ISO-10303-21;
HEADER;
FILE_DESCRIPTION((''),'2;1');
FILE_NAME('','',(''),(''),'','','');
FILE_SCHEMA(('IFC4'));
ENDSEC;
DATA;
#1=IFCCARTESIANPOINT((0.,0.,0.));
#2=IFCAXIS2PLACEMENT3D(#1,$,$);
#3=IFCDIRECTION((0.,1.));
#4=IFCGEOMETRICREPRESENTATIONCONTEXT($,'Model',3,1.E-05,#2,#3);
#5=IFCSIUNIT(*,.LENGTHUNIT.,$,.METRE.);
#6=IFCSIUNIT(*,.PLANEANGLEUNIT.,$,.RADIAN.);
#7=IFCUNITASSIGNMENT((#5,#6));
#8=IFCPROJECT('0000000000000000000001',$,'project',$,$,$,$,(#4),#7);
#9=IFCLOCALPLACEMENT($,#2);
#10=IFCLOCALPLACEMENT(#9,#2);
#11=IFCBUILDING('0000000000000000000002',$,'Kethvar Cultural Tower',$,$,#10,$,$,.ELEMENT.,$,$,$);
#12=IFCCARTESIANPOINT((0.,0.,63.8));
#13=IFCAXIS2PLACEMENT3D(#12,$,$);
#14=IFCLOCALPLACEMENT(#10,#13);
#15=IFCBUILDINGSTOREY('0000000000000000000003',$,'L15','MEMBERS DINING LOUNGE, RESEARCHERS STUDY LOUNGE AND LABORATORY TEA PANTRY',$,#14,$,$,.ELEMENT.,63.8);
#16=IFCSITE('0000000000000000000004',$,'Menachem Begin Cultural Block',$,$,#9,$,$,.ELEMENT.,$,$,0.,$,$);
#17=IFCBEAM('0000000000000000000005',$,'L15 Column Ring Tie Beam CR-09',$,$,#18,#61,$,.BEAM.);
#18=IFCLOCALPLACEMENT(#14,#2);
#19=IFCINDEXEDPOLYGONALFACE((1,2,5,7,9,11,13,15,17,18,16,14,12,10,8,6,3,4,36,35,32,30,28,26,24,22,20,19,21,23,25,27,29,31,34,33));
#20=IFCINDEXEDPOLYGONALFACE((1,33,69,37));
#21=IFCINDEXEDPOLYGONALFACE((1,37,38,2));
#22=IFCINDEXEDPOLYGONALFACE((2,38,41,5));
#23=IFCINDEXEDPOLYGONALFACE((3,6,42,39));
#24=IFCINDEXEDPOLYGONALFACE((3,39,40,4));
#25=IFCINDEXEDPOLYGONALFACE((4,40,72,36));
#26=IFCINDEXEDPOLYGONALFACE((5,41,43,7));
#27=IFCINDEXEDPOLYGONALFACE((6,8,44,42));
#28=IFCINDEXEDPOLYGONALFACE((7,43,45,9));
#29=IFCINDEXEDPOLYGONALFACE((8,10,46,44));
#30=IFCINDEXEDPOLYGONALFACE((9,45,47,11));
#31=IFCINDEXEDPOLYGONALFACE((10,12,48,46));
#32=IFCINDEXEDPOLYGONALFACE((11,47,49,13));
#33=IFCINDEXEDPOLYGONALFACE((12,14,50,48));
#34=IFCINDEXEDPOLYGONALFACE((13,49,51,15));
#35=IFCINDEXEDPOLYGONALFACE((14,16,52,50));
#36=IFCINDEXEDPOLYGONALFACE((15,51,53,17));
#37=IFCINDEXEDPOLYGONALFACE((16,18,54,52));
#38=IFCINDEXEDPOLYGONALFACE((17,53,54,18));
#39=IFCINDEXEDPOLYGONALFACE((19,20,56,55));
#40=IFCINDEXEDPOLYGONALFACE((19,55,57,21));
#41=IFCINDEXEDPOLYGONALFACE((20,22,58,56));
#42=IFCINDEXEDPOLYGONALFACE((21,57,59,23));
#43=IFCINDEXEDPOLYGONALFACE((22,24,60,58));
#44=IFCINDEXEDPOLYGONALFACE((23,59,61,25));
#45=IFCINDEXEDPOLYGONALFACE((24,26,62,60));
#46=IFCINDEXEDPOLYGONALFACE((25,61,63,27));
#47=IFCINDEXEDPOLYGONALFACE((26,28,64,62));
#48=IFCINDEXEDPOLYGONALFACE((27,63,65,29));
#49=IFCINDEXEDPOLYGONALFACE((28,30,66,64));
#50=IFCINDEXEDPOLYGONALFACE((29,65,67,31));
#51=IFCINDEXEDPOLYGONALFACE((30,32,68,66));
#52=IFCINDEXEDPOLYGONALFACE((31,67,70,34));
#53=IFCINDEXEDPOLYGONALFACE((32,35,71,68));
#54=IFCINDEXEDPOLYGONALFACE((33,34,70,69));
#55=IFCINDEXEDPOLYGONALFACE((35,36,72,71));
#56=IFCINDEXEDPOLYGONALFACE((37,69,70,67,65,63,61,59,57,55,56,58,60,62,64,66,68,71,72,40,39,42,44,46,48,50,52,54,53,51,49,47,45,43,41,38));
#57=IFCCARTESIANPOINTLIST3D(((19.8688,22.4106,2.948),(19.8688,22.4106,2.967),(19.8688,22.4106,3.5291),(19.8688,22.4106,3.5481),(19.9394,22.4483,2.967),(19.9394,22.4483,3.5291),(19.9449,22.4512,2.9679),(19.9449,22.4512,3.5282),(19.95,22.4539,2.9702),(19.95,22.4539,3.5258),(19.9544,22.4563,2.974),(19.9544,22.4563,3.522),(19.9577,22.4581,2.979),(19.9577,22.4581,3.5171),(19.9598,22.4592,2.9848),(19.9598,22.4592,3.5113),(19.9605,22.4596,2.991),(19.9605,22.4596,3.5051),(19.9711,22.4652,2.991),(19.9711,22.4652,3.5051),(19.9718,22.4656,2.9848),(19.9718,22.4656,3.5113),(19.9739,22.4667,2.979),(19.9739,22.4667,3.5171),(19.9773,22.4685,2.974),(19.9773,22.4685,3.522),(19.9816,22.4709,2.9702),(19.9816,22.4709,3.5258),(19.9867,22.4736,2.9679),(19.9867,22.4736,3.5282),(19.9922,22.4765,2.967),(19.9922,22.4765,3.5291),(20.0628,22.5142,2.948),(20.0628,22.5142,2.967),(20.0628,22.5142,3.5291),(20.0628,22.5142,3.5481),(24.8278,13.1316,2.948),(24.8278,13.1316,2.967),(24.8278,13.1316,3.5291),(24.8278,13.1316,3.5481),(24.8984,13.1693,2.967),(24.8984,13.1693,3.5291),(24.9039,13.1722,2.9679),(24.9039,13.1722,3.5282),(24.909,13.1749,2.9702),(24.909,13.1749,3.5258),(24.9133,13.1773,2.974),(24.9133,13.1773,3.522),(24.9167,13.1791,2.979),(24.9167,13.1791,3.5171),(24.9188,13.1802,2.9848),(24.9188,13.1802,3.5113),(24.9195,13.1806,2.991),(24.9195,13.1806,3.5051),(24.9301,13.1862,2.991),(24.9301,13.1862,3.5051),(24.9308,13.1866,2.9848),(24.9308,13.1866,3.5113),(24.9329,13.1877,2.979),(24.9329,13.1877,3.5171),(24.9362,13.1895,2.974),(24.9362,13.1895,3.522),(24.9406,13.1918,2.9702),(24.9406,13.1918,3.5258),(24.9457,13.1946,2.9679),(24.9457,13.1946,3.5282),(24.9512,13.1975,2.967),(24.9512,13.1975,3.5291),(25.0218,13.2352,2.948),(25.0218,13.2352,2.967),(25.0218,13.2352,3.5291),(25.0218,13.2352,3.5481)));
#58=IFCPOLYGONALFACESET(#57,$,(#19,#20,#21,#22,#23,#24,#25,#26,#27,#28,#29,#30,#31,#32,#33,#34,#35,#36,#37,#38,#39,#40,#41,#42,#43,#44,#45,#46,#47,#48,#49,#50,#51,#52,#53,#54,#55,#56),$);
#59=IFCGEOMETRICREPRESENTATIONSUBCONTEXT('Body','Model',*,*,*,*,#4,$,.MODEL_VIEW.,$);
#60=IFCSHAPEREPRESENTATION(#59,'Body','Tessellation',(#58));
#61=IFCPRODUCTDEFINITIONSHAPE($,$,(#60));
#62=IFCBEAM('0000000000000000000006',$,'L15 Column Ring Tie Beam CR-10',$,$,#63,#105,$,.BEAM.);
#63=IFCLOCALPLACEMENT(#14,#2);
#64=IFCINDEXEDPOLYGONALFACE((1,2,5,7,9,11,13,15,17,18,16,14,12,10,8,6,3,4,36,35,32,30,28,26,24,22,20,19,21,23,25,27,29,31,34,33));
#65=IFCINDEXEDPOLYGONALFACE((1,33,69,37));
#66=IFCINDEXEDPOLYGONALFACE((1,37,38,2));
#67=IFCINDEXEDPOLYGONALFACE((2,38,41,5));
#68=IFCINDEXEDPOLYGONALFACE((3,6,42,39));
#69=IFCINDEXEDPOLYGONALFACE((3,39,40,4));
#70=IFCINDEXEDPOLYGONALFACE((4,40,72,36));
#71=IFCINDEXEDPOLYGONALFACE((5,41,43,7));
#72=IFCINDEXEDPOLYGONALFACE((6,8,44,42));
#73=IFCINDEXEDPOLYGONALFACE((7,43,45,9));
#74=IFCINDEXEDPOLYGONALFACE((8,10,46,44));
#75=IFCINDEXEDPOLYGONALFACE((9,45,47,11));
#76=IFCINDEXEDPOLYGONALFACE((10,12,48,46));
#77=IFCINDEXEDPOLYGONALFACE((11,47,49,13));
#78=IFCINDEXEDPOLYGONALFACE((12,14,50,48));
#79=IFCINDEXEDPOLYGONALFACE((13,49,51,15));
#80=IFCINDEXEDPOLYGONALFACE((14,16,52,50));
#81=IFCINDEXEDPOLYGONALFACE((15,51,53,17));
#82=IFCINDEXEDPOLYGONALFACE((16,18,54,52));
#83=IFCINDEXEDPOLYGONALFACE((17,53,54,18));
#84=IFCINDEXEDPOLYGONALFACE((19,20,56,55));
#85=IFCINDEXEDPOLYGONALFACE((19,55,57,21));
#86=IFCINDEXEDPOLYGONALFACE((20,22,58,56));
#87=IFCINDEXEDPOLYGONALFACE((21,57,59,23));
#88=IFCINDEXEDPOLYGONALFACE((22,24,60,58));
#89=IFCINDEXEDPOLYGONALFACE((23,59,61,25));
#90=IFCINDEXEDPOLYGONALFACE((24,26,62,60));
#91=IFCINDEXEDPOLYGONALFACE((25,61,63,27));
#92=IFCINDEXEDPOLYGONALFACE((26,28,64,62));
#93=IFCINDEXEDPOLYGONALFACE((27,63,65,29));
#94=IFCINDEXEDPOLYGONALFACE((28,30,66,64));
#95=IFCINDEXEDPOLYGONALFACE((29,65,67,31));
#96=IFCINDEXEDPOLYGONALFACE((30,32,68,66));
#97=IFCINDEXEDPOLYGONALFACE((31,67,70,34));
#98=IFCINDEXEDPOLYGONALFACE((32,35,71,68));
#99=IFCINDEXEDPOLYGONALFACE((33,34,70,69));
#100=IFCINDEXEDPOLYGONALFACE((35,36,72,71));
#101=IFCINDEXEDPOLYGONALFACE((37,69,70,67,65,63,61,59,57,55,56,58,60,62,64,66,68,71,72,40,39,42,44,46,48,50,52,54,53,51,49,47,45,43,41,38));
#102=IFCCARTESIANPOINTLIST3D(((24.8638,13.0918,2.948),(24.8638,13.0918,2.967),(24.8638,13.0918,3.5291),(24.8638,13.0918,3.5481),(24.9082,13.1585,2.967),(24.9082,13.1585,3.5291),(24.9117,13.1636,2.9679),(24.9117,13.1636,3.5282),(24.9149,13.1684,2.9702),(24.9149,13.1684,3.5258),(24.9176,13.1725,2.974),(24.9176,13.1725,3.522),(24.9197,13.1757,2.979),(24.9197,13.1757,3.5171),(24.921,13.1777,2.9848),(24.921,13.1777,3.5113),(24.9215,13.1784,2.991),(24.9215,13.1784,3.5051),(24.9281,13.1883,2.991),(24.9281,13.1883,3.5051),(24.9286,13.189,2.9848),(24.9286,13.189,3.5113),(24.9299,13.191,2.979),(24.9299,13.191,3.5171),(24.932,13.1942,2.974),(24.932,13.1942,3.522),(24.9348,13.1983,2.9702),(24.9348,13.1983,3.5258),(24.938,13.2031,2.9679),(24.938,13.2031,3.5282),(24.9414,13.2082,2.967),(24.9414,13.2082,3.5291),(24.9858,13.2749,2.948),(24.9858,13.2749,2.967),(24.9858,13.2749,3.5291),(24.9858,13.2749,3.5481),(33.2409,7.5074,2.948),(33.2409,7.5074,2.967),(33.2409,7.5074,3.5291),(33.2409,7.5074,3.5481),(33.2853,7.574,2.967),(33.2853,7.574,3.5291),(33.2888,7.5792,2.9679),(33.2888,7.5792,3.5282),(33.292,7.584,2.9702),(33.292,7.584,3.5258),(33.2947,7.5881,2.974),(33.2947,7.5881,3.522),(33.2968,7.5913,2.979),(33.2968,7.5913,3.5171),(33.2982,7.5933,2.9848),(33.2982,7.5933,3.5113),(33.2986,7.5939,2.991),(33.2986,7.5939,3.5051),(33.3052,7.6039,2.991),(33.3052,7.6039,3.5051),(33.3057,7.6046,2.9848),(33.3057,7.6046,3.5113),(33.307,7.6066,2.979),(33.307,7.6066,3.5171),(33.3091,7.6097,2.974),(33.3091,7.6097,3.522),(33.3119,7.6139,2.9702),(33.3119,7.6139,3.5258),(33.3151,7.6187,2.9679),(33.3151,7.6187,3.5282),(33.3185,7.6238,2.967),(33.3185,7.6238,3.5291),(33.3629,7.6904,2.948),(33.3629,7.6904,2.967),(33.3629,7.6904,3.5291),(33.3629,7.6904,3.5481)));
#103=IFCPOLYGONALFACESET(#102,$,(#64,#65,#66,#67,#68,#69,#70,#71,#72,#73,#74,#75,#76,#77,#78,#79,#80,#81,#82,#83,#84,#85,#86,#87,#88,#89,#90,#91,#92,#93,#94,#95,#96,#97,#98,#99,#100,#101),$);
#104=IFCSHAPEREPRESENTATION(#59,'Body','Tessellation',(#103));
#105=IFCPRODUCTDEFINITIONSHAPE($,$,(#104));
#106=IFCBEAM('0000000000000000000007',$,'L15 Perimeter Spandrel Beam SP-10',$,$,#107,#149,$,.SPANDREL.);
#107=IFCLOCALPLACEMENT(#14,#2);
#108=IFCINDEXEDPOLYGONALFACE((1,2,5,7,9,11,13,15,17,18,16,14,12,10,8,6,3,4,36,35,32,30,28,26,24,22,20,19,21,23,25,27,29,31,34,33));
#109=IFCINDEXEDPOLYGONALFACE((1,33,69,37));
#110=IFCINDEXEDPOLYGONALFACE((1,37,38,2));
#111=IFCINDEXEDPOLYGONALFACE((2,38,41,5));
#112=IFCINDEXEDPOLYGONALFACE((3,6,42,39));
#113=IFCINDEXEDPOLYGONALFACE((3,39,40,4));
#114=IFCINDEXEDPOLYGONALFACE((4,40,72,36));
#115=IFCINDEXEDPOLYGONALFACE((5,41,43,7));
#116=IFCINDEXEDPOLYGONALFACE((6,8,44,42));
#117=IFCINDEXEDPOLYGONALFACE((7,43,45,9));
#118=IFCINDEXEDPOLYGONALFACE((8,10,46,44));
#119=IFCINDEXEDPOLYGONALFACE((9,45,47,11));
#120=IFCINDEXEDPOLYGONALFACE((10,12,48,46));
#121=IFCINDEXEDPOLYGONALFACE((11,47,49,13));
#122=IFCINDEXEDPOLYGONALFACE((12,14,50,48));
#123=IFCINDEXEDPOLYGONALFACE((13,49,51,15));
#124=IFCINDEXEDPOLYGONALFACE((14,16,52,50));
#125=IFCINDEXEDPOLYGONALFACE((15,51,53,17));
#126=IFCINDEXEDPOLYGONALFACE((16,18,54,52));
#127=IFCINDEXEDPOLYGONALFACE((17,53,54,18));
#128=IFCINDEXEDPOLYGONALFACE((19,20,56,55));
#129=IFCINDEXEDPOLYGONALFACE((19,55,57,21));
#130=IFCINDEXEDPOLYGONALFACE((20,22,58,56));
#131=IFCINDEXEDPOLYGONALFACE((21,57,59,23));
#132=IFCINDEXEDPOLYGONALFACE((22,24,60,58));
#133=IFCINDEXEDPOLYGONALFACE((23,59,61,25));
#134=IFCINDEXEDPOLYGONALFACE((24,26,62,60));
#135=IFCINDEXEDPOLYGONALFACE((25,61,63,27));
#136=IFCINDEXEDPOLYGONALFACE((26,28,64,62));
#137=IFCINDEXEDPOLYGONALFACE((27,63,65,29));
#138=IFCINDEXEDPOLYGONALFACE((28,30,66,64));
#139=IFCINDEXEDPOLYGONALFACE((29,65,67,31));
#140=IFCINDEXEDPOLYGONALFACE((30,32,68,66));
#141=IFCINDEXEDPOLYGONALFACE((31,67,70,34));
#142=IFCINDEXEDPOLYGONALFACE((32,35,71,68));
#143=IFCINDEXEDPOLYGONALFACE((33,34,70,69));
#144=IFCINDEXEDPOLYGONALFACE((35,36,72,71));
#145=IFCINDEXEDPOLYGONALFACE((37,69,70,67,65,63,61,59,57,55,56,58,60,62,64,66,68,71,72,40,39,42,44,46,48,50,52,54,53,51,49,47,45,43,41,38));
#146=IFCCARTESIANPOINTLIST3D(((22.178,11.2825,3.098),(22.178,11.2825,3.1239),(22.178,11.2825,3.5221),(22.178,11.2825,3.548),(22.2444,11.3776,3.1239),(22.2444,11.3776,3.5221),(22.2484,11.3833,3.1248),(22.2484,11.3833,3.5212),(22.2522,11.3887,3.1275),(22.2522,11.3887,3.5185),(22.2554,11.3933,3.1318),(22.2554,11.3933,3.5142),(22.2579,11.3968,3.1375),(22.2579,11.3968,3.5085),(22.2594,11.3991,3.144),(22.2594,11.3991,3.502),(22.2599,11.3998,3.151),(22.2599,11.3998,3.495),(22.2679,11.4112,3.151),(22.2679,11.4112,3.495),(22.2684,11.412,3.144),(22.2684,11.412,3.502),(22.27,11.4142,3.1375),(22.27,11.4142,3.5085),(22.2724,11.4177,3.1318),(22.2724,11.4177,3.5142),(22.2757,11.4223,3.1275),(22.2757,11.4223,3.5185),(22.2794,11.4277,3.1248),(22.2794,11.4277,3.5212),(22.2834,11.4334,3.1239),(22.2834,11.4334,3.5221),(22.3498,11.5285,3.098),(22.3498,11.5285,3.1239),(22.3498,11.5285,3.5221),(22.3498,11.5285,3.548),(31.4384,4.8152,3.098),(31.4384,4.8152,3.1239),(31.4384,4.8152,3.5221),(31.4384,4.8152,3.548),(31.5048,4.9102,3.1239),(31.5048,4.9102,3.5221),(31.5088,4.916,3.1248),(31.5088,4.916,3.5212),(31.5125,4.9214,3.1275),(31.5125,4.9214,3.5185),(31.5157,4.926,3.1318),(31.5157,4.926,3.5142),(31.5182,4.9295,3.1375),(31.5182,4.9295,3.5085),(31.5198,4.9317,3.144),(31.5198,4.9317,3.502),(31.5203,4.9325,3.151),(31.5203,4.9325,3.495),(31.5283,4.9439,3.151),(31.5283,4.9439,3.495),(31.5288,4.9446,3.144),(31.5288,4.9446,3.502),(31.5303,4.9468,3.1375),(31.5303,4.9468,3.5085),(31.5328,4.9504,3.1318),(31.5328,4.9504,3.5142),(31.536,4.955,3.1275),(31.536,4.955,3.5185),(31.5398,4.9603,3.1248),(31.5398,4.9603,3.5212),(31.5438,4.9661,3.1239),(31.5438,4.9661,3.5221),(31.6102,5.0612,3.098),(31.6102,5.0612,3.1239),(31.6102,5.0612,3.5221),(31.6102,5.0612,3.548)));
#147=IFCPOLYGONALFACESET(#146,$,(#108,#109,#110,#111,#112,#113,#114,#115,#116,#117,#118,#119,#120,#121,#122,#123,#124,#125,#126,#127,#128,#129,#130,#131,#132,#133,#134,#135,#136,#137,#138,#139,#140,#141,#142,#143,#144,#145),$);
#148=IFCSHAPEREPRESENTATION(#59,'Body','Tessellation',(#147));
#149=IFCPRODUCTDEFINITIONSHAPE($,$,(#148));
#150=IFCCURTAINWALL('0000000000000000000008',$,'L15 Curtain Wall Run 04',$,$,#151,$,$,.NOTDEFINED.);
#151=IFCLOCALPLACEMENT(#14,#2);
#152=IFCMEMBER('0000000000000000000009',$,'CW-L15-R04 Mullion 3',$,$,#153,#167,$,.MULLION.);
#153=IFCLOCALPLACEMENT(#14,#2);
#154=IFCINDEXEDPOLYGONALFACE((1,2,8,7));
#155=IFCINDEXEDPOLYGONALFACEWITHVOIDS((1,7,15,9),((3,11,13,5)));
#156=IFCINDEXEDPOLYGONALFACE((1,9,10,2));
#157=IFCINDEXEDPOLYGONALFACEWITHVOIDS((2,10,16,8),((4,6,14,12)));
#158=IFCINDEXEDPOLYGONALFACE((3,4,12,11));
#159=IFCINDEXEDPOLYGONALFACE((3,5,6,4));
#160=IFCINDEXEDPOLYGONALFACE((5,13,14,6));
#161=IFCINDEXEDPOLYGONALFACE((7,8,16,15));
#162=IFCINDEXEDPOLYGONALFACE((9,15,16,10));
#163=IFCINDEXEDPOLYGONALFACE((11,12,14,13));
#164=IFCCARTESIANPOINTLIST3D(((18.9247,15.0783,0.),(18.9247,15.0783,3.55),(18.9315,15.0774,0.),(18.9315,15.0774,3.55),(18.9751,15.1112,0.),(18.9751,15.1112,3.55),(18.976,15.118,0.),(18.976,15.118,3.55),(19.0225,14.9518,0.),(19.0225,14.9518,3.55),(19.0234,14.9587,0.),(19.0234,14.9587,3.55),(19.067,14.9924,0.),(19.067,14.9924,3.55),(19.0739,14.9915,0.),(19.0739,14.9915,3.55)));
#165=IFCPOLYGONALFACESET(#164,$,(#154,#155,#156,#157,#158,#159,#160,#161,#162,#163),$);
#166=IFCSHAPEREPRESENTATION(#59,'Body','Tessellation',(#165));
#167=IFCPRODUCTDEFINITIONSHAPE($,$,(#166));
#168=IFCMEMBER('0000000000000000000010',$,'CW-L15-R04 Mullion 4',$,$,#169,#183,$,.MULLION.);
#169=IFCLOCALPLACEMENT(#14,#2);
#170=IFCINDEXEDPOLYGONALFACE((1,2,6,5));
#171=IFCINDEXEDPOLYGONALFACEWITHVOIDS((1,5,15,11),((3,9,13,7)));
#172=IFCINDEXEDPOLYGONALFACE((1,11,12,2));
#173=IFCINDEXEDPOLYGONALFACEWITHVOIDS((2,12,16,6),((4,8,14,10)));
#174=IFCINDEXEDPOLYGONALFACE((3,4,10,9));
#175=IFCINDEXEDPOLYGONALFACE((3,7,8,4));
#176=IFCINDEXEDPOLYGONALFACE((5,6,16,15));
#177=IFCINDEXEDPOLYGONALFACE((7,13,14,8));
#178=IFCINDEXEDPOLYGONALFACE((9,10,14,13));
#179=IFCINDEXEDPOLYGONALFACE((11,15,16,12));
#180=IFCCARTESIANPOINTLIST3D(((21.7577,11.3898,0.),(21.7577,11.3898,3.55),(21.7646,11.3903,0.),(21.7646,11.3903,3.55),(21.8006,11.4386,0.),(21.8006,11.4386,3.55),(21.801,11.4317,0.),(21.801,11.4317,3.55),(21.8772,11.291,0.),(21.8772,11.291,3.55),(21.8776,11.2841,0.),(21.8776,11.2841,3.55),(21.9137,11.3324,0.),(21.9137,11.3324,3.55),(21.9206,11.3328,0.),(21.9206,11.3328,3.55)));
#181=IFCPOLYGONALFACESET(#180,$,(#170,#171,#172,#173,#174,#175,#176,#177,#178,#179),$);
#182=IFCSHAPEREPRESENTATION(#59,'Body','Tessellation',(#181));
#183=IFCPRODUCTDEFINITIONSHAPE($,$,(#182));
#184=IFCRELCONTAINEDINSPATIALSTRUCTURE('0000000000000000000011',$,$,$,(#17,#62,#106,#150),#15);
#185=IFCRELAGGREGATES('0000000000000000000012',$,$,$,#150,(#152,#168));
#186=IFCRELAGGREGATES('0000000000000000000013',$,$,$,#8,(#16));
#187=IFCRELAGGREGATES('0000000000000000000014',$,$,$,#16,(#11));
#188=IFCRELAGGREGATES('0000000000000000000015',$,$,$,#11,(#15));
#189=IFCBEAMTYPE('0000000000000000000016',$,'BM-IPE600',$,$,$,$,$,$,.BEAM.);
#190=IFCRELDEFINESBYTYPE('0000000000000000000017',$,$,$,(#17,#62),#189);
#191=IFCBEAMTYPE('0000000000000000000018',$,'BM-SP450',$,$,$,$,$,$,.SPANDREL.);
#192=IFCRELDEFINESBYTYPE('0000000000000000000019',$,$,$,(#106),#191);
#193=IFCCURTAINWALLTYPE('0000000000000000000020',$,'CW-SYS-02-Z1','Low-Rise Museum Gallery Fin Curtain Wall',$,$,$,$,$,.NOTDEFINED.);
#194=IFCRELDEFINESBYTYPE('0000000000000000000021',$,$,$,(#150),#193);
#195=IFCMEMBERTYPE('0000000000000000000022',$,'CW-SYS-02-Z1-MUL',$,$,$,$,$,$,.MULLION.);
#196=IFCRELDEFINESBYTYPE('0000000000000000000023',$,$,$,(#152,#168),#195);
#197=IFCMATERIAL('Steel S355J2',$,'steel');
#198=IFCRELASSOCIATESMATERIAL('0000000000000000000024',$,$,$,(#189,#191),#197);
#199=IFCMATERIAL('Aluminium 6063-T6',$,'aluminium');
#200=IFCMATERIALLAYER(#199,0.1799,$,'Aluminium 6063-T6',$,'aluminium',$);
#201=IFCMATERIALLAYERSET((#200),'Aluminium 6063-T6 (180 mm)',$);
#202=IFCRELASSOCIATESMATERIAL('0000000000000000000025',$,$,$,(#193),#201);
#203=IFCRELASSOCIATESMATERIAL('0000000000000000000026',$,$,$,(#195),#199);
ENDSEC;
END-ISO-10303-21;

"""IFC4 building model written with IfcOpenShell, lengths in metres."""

from ifc_helpers import new_model, si_unit, direction, frame, origin, origin_2d, place, context, subcontext, project, spatial, hollow_rectangle, i_section, extrude, source, transform, mapped, material, layer, layer_set, material_profile, profile_set, type_object, element, aggregate, save


model = new_model("IFC4")

# Units and contexts
model_context = context("Model", 3, precision=1e-05, world=origin(), true_north=direction((0.0, 1.0)))
body_context = subcontext(model_context, "Body", "Model", "MODEL_VIEW")
ifc_project = project(units=[si_unit("LENGTHUNIT", "METRE"), si_unit("PLANEANGLEUNIT", "RADIAN")], contexts=[model_context])

# Site, building, storey
site_placement = place(None, origin())
site = spatial("IfcSite", under=ifc_project, at=site_placement, Name="Menachem Begin Cultural Block", CompositionType="ELEMENT", RefElevation=0.0)
building_placement = place(site_placement, origin())
building = spatial("IfcBuilding", under=site, at=building_placement, Name="Kethvar Cultural Tower", CompositionType="ELEMENT")
storey_placement = place(building_placement, frame((0.0, 0.0, 63.8)))
storey = spatial("IfcBuildingStorey", under=building, at=storey_placement, Name="L15", Description="MEMBERS DINING LOUNGE, RESEARCHERS STUDY LOUNGE AND LABORATORY TEA PANTRY", CompositionType="ELEMENT", Elevation=63.8)

# Beams
ifc_material_1 = material(Name="Steel S355J2", Category="steel")
ifc_material_profile_1 = material_profile(ifc_material_1, i_section(OverallWidth=0.22, OverallDepth=0.6001, WebThickness=0.012, FlangeThickness=0.019, FilletRadius=0.0239, at=origin_2d()), Name="Steel S355J2 — IPE600")
ifc_profile_set_1 = profile_set([ifc_material_profile_1], Name="Steel S355J2 — IPE600")
beam_type_1 = type_object("IfcBeamType", Name="BM-IPE600", PredefinedType="BEAM", material=ifc_profile_set_1)
shared_shape_1 = source(origin(), body_context, "Body", "SweptSolid", [
    extrude(i_section(OverallWidth=0.22, OverallDepth=0.6001, WebThickness=0.012, FlangeThickness=0.019, FilletRadius=0.0239, at=origin_2d()), origin(), (0.0, 0.0, 1.0), 10.521),
])
beam_1_placement = place(storey_placement, frame((19.9658, 22.4624, 3.248), z_axis=(0.47134, -0.881952, 0.0), x_axis=(0.881952, 0.47134, 0.0)))
element("IfcBeam", 1, at=beam_1_placement, inside=storey, type_object=beam_type_1, Name="L15 Column Ring Tie Beam CR-09", PredefinedType="BEAM", context=body_context, shape_type="MappedRepresentation", body=[
    mapped(shared_shape_1, transform((0.0, 0.0, 0.0), scale=1.0)),
])
shared_shape_2 = source(origin(), body_context, "Body", "SweptSolid", [
    extrude(i_section(OverallWidth=0.22, OverallDepth=0.6001, WebThickness=0.012, FlangeThickness=0.019, FilletRadius=0.0239, at=origin_2d()), origin(), (0.0, 0.0, 1.0), 10.0679),
])
beam_2_placement = place(storey_placement, frame((24.9248, 13.1833, 3.248), z_axis=(0.832065, -0.554678, 0.0), x_axis=(0.554678, 0.832065, 0.0)))
element("IfcBeam", 2, at=beam_2_placement, inside=storey, type_object=beam_type_1, Name="L15 Column Ring Tie Beam CR-10", PredefinedType="BEAM", context=body_context, shape_type="MappedRepresentation", body=[
    mapped(shared_shape_2, transform((0.0, 0.0, 0.0), scale=1.0)),
])
ifc_material_profile_2 = material_profile(ifc_material_1, i_section(OverallWidth=0.3, OverallDepth=0.45, WebThickness=0.0139, FlangeThickness=0.0259, FilletRadius=0.0271, at=origin_2d()), Name="Steel S355J2 — HEB450")
ifc_profile_set_2 = profile_set([ifc_material_profile_2], Name="Steel S355J2 — HEB450")
beam_type_2 = type_object("IfcBeamType", Name="BM-SP450", PredefinedType="SPANDREL", material=ifc_profile_set_2)
shared_shape_3 = source(origin(), body_context, "Body", "SweptSolid", [
    extrude(i_section(OverallWidth=0.3, OverallDepth=0.45, WebThickness=0.0139, FlangeThickness=0.0259, FilletRadius=0.0271, at=origin_2d()), origin(), (0.0, 0.0, 1.0), 11.2952),
])
beam_3_placement = place(storey_placement, frame((22.2639, 11.4055, 3.323), z_axis=(0.819851, -0.572577, 0.0), x_axis=(0.572577, 0.819851, 0.0)))
element("IfcBeam", 3, at=beam_3_placement, inside=storey, type_object=beam_type_2, Name="L15 Perimeter Spandrel Beam SP-10", PredefinedType="SPANDREL", context=body_context, shape_type="MappedRepresentation", body=[
    mapped(shared_shape_3, transform((0.0, 0.0, 0.0), scale=1.0)),
])

# Curtain wall, members
ifc_material_2 = material(Name="Aluminium 6063-T6", Category="aluminium")
ifc_layer_1 = layer(ifc_material_2, 0.1799, Name="Aluminium 6063-T6", Category="aluminium")
ifc_layer_set_1 = layer_set([ifc_layer_1], Name="Aluminium 6063-T6 (180 mm)")
curtain_wall_type = type_object("IfcCurtainWallType", Name="CW-SYS-02-Z1", Description="Low-Rise Museum Gallery Fin Curtain Wall", PredefinedType="NOTDEFINED", material=ifc_layer_set_1)
curtain_wall_placement = place(storey_placement, origin())
curtain_wall = element("IfcCurtainWall", 4, at=curtain_wall_placement, inside=storey, type_object=curtain_wall_type, Name="L15 Curtain Wall Run 04", PredefinedType="NOTDEFINED")
ifc_material_profile_3 = material_profile(ifc_material_2, hollow_rectangle(XDim=0.0649, YDim=0.1599, WallThickness=0.0049, at=origin_2d()), Name="Aluminium 6063-T6 — RHS160x65x5")
ifc_profile_set_3 = profile_set([ifc_material_profile_3], Name="Aluminium 6063-T6 — RHS160x65x5")
member_type_1 = type_object("IfcMemberType", Name="CW-SYS-02-Z1-MUL", PredefinedType="MULLION", material=ifc_profile_set_3)
shared_shape_4 = source(origin(), body_context, "Body", "SweptSolid", [
    extrude(hollow_rectangle(XDim=0.0649, YDim=0.1599, WallThickness=0.0049, at=origin_2d()), origin(), (0.0, 0.0, 1.0), 3.55),
])
member_1_placement = place(storey_placement, frame((18.9993, 15.0349, 0.0), z_axis=(0.0, 0.0, 1.0), x_axis=(0.790882, 0.611969, 0.0)))
member_1 = element("IfcMember", 5, at=member_1_placement, type_object=member_type_1, Name="CW-L15-R04 Mullion 3", PredefinedType="MULLION", context=body_context, shape_type="MappedRepresentation", body=[
    mapped(shared_shape_4, transform((0.0, 0.0, 0.0), scale=1.0)),
])
member_2_placement = place(storey_placement, frame((21.8391, 11.3613, 0.0), z_axis=(0.0, 0.0, 1.0), x_axis=(0.661286, 0.750134, 0.0)))
member_2 = element("IfcMember", 6, at=member_2_placement, type_object=member_type_1, Name="CW-L15-R04 Mullion 4", PredefinedType="MULLION", context=body_context, shape_type="MappedRepresentation", body=[
    mapped(shared_shape_4, transform((0.0, 0.0, 0.0), scale=1.0)),
])
aggregate(curtain_wall, [member_1, member_2])

save(model, "model.ifc")
